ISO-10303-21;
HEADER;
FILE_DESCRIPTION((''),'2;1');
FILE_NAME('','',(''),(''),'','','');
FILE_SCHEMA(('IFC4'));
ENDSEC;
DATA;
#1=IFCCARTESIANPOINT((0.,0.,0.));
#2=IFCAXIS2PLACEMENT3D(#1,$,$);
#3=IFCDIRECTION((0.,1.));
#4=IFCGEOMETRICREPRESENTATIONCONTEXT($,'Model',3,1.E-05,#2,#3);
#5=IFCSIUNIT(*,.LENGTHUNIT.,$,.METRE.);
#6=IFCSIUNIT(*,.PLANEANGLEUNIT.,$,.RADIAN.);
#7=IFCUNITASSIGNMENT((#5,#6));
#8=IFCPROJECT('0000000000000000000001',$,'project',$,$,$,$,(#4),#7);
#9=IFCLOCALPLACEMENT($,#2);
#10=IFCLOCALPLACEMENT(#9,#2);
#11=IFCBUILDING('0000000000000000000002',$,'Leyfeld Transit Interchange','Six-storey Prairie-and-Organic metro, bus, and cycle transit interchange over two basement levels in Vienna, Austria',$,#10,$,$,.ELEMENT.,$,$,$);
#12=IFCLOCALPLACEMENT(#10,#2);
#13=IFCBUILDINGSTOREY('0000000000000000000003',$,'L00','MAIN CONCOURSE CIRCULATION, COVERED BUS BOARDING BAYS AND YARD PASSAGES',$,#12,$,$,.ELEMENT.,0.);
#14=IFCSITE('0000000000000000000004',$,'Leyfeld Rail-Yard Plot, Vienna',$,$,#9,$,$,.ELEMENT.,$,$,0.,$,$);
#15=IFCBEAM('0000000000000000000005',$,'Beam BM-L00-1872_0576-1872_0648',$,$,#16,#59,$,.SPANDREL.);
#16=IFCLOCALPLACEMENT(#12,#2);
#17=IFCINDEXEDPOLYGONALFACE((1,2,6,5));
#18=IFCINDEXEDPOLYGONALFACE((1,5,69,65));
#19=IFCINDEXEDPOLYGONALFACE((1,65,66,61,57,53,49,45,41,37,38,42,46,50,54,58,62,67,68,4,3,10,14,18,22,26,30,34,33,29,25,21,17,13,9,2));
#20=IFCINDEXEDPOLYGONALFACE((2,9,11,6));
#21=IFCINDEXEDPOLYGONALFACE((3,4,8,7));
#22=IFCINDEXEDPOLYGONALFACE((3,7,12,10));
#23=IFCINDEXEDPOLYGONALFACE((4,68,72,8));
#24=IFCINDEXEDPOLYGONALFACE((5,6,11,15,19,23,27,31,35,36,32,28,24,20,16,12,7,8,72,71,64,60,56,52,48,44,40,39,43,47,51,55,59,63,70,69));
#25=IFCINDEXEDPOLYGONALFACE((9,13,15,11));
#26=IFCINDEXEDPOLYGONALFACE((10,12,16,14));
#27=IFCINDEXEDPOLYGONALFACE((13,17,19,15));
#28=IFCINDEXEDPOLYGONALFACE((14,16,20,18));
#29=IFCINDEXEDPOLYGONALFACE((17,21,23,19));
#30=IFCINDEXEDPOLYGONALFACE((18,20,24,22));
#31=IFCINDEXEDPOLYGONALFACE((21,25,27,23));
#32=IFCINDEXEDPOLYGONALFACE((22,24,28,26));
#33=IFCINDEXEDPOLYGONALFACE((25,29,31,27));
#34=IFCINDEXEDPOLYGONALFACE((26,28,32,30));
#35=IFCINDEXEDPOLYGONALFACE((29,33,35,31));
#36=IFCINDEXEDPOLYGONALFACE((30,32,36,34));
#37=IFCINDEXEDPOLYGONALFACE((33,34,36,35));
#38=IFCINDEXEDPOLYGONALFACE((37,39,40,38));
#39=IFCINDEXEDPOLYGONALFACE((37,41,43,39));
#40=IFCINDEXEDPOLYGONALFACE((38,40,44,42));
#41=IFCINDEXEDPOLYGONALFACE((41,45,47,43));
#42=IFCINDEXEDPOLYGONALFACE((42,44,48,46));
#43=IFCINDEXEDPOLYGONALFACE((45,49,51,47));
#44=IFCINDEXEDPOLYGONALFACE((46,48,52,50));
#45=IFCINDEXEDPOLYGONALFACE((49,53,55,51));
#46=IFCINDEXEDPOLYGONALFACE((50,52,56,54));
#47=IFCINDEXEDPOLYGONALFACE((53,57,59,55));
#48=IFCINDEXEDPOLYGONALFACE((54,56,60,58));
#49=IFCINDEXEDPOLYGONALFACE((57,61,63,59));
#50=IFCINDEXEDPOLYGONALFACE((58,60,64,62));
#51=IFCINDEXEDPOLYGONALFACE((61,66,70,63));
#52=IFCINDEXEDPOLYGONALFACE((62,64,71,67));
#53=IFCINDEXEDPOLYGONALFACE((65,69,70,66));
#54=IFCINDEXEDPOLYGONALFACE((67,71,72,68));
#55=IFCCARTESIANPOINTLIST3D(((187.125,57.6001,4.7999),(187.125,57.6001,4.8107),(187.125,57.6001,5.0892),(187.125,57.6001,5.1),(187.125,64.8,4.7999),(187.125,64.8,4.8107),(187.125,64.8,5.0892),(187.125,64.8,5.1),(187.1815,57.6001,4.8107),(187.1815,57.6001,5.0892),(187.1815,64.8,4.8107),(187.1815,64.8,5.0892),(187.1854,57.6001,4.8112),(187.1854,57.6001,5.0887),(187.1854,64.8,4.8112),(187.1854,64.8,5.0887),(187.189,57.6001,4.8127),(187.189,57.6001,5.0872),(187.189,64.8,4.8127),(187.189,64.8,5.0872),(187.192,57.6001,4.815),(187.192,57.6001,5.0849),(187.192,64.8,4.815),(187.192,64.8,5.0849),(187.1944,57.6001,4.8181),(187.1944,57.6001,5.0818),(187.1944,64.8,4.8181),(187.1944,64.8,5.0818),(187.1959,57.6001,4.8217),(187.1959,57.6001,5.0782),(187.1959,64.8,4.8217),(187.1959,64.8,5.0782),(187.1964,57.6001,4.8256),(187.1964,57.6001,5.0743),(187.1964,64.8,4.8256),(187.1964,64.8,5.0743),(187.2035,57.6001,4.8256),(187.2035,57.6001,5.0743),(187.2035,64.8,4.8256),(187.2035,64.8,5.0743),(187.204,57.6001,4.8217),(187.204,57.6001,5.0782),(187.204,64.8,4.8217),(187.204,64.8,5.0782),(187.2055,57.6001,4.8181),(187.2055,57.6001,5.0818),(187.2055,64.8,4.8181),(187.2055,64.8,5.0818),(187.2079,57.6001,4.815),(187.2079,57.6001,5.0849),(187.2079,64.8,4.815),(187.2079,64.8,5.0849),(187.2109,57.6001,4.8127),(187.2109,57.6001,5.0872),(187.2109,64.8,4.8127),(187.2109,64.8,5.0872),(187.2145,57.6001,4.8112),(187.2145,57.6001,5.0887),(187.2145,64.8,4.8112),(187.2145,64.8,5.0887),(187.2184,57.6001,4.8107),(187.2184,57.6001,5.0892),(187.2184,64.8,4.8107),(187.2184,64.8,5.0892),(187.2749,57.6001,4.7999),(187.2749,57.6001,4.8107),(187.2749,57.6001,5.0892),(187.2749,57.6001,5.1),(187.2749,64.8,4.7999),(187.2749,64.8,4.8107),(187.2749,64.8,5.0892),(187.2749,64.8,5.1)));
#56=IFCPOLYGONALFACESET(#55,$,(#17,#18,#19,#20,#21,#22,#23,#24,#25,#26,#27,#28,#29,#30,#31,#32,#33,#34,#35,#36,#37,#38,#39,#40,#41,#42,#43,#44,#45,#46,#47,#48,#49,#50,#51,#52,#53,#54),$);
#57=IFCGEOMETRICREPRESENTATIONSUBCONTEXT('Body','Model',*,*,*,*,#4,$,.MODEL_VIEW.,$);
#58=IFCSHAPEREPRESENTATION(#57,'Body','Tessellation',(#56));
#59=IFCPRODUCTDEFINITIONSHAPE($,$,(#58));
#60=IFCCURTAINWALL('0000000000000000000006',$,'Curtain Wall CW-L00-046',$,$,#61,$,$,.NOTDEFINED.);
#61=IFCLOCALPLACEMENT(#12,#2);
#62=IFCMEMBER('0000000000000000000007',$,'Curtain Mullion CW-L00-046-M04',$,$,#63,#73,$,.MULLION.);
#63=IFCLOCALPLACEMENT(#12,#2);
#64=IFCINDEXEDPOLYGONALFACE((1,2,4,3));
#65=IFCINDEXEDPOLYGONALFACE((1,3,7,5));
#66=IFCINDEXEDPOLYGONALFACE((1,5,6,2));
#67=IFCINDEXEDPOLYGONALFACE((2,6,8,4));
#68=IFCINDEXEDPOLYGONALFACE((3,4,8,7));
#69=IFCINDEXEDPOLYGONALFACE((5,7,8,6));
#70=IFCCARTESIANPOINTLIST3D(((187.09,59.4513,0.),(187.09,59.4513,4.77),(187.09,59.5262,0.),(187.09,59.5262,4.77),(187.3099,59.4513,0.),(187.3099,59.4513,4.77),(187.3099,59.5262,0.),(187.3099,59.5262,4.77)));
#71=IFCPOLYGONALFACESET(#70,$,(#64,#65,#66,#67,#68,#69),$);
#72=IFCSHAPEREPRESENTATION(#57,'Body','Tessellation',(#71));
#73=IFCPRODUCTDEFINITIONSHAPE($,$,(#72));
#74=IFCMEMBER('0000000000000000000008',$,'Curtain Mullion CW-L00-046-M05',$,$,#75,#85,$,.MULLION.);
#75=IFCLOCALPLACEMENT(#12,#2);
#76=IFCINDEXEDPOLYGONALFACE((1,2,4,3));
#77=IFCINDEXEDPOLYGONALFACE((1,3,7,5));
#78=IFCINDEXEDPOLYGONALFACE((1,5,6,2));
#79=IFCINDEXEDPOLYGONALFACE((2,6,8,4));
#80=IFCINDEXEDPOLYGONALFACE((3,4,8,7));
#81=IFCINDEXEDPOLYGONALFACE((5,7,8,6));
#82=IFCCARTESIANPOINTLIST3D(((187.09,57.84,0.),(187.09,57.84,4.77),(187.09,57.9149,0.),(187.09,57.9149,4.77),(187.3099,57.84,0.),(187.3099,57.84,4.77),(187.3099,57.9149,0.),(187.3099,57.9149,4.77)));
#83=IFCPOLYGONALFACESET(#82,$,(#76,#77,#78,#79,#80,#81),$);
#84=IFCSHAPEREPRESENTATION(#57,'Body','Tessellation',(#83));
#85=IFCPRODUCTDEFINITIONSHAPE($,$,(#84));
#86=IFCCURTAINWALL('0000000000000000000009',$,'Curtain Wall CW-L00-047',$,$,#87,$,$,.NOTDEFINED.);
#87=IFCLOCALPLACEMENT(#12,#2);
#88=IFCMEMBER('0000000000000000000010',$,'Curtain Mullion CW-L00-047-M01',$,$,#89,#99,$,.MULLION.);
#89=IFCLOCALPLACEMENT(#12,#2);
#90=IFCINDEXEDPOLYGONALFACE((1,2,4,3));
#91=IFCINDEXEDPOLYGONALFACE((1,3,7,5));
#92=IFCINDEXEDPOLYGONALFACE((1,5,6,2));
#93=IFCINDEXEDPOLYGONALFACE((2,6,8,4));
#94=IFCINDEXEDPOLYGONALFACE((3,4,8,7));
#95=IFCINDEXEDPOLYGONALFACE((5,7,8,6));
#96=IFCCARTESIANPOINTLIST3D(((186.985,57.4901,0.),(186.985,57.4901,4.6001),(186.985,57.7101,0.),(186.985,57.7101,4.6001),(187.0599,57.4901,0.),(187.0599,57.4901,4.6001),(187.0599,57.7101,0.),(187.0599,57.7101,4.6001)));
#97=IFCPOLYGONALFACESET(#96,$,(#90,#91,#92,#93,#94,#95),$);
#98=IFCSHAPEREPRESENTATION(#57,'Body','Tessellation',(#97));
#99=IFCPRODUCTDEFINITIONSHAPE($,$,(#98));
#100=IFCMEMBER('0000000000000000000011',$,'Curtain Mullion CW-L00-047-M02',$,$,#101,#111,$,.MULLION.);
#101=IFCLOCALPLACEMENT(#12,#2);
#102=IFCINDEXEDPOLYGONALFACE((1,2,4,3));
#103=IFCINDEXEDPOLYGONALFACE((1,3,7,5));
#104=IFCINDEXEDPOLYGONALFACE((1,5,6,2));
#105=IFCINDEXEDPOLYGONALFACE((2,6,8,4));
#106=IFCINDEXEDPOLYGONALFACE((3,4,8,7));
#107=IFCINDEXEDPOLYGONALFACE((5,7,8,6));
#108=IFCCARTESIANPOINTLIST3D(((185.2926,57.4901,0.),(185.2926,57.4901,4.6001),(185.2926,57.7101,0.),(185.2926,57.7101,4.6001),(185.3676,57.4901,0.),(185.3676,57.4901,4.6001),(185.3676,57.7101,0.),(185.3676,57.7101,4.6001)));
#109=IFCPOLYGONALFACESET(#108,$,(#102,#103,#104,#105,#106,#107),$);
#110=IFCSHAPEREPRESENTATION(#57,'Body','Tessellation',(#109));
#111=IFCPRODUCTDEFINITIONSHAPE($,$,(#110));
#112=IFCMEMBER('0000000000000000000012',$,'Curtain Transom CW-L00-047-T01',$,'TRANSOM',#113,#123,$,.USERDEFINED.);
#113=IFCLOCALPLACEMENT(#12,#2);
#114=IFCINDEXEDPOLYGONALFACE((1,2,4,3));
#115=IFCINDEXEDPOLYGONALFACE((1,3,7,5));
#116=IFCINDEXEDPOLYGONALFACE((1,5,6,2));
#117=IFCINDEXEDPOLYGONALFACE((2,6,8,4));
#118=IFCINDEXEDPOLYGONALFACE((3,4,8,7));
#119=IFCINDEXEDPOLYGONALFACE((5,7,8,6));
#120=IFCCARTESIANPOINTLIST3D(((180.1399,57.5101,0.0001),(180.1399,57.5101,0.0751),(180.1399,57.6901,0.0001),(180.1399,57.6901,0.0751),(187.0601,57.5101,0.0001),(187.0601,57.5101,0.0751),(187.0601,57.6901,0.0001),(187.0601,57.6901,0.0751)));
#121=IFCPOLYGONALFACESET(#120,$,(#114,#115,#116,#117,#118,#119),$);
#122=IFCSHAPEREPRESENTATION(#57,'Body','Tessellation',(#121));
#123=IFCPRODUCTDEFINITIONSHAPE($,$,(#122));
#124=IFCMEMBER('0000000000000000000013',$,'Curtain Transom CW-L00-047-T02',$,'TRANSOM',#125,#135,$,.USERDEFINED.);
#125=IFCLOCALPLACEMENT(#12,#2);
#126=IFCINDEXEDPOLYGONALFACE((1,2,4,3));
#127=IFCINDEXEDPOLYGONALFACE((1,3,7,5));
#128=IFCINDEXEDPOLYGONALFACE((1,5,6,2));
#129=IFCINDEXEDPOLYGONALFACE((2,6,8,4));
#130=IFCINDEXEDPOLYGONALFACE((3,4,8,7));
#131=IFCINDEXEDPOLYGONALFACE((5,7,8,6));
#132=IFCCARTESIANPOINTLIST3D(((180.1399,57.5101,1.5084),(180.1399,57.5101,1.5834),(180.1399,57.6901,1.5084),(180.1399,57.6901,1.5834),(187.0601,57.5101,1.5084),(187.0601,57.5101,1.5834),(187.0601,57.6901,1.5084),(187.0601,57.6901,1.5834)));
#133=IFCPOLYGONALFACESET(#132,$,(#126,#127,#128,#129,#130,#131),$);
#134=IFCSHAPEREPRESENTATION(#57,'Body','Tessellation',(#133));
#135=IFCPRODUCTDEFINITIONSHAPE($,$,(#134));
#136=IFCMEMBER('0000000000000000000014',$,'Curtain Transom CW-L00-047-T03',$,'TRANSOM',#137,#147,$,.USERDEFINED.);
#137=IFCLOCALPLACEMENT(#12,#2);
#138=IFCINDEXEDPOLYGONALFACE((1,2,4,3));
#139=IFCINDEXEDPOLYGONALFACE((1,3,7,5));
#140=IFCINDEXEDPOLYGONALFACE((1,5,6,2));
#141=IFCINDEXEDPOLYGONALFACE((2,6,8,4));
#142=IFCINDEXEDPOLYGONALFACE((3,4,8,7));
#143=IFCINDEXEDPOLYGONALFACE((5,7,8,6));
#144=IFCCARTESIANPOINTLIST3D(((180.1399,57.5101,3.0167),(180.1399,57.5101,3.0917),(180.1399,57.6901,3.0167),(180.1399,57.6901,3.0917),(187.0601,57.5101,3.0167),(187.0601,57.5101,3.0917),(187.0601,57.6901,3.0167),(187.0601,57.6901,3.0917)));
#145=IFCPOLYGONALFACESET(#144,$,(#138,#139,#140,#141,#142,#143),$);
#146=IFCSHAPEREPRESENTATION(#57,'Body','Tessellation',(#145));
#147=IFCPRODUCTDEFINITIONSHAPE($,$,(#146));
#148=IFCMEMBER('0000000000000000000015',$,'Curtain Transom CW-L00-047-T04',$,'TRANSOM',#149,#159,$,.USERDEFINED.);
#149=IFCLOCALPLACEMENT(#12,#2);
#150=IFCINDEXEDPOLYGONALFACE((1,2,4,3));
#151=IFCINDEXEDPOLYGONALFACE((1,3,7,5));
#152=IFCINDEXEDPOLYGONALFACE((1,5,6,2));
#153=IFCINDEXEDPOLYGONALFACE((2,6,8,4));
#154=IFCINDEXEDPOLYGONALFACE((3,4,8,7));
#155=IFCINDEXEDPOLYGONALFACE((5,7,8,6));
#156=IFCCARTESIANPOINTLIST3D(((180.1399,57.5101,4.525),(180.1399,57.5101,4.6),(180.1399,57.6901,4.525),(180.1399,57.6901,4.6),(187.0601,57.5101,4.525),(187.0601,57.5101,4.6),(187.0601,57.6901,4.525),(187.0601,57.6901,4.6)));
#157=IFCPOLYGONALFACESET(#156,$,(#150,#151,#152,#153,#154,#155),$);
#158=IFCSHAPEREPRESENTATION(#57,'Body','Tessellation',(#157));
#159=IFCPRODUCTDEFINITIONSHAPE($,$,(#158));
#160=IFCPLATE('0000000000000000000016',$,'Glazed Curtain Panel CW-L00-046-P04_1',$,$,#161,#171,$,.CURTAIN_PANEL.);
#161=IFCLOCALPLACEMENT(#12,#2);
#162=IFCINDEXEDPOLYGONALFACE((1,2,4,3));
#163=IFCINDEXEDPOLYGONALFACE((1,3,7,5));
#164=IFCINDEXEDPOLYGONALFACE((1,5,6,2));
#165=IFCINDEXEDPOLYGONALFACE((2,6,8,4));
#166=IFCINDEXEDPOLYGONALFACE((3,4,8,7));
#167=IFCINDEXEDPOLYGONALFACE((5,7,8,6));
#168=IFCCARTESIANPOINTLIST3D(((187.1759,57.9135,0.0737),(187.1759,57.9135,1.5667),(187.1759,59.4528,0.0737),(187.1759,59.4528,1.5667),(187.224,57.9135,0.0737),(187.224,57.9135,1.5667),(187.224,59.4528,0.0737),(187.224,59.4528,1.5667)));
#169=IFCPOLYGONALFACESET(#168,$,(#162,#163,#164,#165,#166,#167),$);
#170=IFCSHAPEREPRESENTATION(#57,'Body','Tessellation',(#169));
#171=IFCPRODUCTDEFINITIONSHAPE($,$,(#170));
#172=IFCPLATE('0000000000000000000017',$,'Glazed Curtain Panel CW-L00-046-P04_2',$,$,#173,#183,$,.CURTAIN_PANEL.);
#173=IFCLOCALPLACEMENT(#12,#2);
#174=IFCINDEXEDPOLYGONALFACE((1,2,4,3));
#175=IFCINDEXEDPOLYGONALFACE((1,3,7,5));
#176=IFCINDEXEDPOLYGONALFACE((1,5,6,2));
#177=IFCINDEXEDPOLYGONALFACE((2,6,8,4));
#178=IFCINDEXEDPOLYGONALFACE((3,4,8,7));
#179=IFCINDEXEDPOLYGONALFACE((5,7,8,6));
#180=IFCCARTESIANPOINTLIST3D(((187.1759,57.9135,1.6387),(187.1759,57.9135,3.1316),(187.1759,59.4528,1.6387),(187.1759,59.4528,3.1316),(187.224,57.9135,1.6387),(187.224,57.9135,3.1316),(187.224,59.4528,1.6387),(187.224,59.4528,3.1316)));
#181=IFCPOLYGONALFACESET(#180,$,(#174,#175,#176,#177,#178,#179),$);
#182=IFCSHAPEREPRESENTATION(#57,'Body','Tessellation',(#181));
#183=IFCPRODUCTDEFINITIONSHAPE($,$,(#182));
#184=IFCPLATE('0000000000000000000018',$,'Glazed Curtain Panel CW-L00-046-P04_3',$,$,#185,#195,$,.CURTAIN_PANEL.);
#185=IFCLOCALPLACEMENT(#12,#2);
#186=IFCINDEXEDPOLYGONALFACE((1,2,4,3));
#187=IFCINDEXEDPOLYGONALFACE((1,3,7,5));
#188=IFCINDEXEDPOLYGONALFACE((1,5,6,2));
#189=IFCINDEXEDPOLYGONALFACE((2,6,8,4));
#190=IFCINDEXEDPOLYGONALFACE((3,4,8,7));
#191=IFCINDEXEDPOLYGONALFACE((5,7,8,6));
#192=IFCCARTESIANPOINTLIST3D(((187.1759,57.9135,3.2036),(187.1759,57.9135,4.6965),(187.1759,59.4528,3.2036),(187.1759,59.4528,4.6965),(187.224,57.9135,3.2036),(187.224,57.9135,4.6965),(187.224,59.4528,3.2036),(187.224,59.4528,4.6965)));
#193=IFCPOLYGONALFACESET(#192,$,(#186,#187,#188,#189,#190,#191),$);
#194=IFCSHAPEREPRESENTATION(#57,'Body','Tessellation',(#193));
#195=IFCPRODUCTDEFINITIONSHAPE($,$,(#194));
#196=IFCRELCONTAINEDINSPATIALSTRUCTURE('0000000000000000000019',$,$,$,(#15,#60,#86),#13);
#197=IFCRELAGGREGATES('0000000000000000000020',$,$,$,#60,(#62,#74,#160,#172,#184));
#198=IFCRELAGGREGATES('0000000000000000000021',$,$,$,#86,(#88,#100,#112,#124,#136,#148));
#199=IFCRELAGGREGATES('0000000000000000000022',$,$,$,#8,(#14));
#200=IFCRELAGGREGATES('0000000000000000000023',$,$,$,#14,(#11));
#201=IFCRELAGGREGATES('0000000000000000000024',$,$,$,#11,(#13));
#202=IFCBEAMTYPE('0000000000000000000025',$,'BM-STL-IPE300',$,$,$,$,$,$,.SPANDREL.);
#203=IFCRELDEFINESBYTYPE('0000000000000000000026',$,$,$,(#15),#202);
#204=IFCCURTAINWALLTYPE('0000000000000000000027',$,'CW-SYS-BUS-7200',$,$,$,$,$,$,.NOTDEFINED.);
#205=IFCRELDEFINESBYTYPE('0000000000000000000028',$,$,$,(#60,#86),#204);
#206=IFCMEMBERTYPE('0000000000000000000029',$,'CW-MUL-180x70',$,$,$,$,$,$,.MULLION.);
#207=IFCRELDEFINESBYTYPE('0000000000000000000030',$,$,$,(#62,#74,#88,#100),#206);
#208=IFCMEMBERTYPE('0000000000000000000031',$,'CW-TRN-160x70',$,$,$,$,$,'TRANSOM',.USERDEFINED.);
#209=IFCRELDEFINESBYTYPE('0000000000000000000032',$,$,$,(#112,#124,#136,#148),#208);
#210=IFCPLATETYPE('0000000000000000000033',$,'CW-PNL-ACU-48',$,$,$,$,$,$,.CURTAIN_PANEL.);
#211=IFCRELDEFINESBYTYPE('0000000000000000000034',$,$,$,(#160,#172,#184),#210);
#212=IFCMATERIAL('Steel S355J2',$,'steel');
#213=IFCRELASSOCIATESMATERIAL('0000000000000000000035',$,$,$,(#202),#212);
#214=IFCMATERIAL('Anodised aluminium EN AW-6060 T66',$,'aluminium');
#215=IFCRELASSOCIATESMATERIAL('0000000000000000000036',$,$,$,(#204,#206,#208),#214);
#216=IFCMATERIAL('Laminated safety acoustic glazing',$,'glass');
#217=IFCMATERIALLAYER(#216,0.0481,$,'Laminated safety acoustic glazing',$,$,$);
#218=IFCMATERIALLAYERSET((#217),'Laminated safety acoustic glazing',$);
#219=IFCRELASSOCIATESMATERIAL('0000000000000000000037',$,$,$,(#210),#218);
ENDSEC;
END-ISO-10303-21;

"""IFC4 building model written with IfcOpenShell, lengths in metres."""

from ifc_helpers import new_model, si_unit, direction, frame, origin, origin_2d, place, context, subcontext, project, spatial, rectangle, i_section, extrude, material, layer, layer_set, material_profile, profile_set, type_object, element, aggregate, save


model = new_model("IFC4")

# Units and contexts
model_context = context("Model", 3, precision=1e-05, world=origin(), true_north=direction((0.0, 1.0)))
body_context = subcontext(model_context, "Body", "Model", "MODEL_VIEW")
ifc_project = project(units=[si_unit("LENGTHUNIT", "METRE"), si_unit("PLANEANGLEUNIT", "RADIAN")], contexts=[model_context])

# Site, building, storey
site_placement = place(None, origin())
site = spatial("IfcSite", under=ifc_project, at=site_placement, Name="Leyfeld Rail-Yard Plot, Vienna", CompositionType="ELEMENT", RefElevation=0.0)
building_placement = place(site_placement, origin())
building = spatial("IfcBuilding", under=site, at=building_placement, Name="Leyfeld Transit Interchange", Description="Six-storey Prairie-and-Organic metro, bus, and cycle transit interchange over two basement levels in Vienna, Austria", CompositionType="ELEMENT")
storey_placement = place(building_placement, origin())
storey = spatial("IfcBuildingStorey", under=building, at=storey_placement, Name="L00", Description="MAIN CONCOURSE CIRCULATION, COVERED BUS BOARDING BAYS AND YARD PASSAGES", CompositionType="ELEMENT", Elevation=0.0)

# Shared definitions
ifc_material_1 = material(Name="Steel S355J2", Category="steel")

# Beam
ifc_material_profile_1 = material_profile(ifc_material_1, i_section(OverallWidth=0.1499, OverallDepth=0.3, WebThickness=0.0071, FlangeThickness=0.0107, FilletRadius=0.0149, at=origin_2d()), Name="IPE 300")
ifc_profile_set_1 = profile_set([ifc_material_profile_1], Name="Steel S355J2")
beam_type = type_object("IfcBeamType", Name="BM-STL-IPE300", PredefinedType="SPANDREL", material=ifc_profile_set_1)
beam_placement = place(storey_placement, frame((187.2, 57.6001, 4.95), z_axis=(0.0, 1.0, 0.0), x_axis=(-1.0, 0.0, 0.0)))
element("IfcBeam", 1, at=beam_placement, inside=storey, type_object=beam_type, Name="Beam BM-L00-1872_0576-1872_0648", PredefinedType="SPANDREL", context=body_context, shape_type="SweptSolid", body=[
    extrude(i_section(OverallWidth=0.1499, OverallDepth=0.3, WebThickness=0.0071, FlangeThickness=0.0107, FilletRadius=0.0149, at=origin_2d()), origin(), (0.0, 0.0, 1.0), 7.2),
])

# Curtain walls, members
ifc_material_2 = material(Name="Anodised aluminium EN AW-6060 T66", Category="aluminium")
curtain_wall_type = type_object("IfcCurtainWallType", Name="CW-SYS-BUS-7200", PredefinedType="NOTDEFINED", material=ifc_material_2)
curtain_wall_1_placement = place(storey_placement, origin())
curtain_wall_1 = element("IfcCurtainWall", 2, at=curtain_wall_1_placement, inside=storey, type_object=curtain_wall_type, Name="Curtain Wall CW-L00-046", PredefinedType="NOTDEFINED")
ifc_material_profile_2 = material_profile(ifc_material_2, rectangle(XDim=0.075, YDim=0.22, at=origin_2d()), Name="CW-M 75x220")
ifc_profile_set_2 = profile_set([ifc_material_profile_2], Name="Anodised aluminium EN AW-6060 T66")
member_type_1 = type_object("IfcMemberType", Name="CW-MUL-180x70", PredefinedType="MULLION", material=ifc_profile_set_2)
member_1_placement = place(storey_placement, frame((187.2, 59.4888, 0.0), z_axis=(0.0, 0.0, 1.0), x_axis=(0.0, -1.0, 0.0)))
member_1 = element("IfcMember", 3, at=member_1_placement, type_object=member_type_1, Name="Curtain Mullion CW-L00-046-M04", PredefinedType="MULLION", context=body_context, shape_type="SweptSolid", body=[
    extrude(rectangle(XDim=0.075, YDim=0.22, at=origin_2d()), origin(), (0.0, 0.0, 1.0), 4.77),
])
member_2_placement = place(storey_placement, frame((187.2, 57.8774, 0.0), z_axis=(0.0, 0.0, 1.0), x_axis=(0.0, -1.0, 0.0)))
member_2 = element("IfcMember", 4, at=member_2_placement, type_object=member_type_1, Name="Curtain Mullion CW-L00-046-M05", PredefinedType="MULLION", context=body_context, shape_type="SweptSolid", body=[
    extrude(rectangle(XDim=0.075, YDim=0.22, at=origin_2d()), origin(), (0.0, 0.0, 1.0), 4.77),
])
curtain_wall_2_placement = place(storey_placement, origin())
curtain_wall_2 = element("IfcCurtainWall", 5, at=curtain_wall_2_placement, inside=storey, type_object=curtain_wall_type, Name="Curtain Wall CW-L00-047", PredefinedType="NOTDEFINED")
member_3_placement = place(storey_placement, frame((187.0225, 57.6001, 0.0), z_axis=(0.0, 0.0, 1.0), x_axis=(-1.0, 0.0, 0.0)))
member_3 = element("IfcMember", 6, at=member_3_placement, type_object=member_type_1, Name="Curtain Mullion CW-L00-047-M01", PredefinedType="MULLION", context=body_context, shape_type="SweptSolid", body=[
    extrude(rectangle(XDim=0.075, YDim=0.22, at=origin_2d()), origin(), (0.0, 0.0, 1.0), 4.6001),
])
member_4_placement = place(storey_placement, frame((185.3301, 57.6001, 0.0), z_axis=(0.0, 0.0, 1.0), x_axis=(-1.0, 0.0, 0.0)))
member_4 = element("IfcMember", 7, at=member_4_placement, type_object=member_type_1, Name="Curtain Mullion CW-L00-047-M02", PredefinedType="MULLION", context=body_context, shape_type="SweptSolid", body=[
    extrude(rectangle(XDim=0.075, YDim=0.22, at=origin_2d()), origin(), (0.0, 0.0, 1.0), 4.6001),
])
ifc_material_profile_3 = material_profile(ifc_material_2, rectangle(XDim=0.1799, YDim=0.075, at=origin_2d()), Name="CW-TRN-160x70")
ifc_profile_set_3 = profile_set([ifc_material_profile_3], Name="Anodised aluminium EN AW-6060 T66")
member_type_2 = type_object("IfcMemberType", Name="CW-TRN-160x70", ElementType="TRANSOM", PredefinedType="USERDEFINED", material=ifc_profile_set_3)
member_5_placement = place(storey_placement, frame((187.0601, 57.6001, 0.0376), z_axis=(-1.0, 0.0, 0.0), x_axis=(0.0, -1.0, 0.0)))
member_5 = element("IfcMember", 8, at=member_5_placement, type_object=member_type_2, Name="Curtain Transom CW-L00-047-T01", ObjectType="TRANSOM", PredefinedType="USERDEFINED", context=body_context, shape_type="SweptSolid", body=[
    extrude(rectangle(XDim=0.1799, YDim=0.075, at=origin_2d()), origin(), (0.0, 0.0, 1.0), 6.9202),
])
member_6_placement = place(storey_placement, frame((187.0601, 57.6001, 1.5459), z_axis=(-1.0, 0.0, 0.0), x_axis=(0.0, -1.0, 0.0)))
member_6 = element("IfcMember", 9, at=member_6_placement, type_object=member_type_2, Name="Curtain Transom CW-L00-047-T02", ObjectType="TRANSOM", PredefinedType="USERDEFINED", context=body_context, shape_type="SweptSolid", body=[
    extrude(rectangle(XDim=0.1799, YDim=0.075, at=origin_2d()), origin(), (0.0, 0.0, 1.0), 6.9202),
])
member_7_placement = place(storey_placement, frame((187.0601, 57.6001, 3.0542), z_axis=(-1.0, 0.0, 0.0), x_axis=(0.0, -1.0, 0.0)))
member_7 = element("IfcMember", 10, at=member_7_placement, type_object=member_type_2, Name="Curtain Transom CW-L00-047-T03", ObjectType="TRANSOM", PredefinedType="USERDEFINED", context=body_context, shape_type="SweptSolid", body=[
    extrude(rectangle(XDim=0.1799, YDim=0.075, at=origin_2d()), origin(), (0.0, 0.0, 1.0), 6.9202),
])
member_8_placement = place(storey_placement, frame((187.0601, 57.6001, 4.5625), z_axis=(-1.0, 0.0, 0.0), x_axis=(0.0, -1.0, 0.0)))
member_8 = element("IfcMember", 11, at=member_8_placement, type_object=member_type_2, Name="Curtain Transom CW-L00-047-T04", ObjectType="TRANSOM", PredefinedType="USERDEFINED", context=body_context, shape_type="SweptSolid", body=[
    extrude(rectangle(XDim=0.1799, YDim=0.075, at=origin_2d()), origin(), (0.0, 0.0, 1.0), 6.9202),
])

# Plates
ifc_material_3 = material(Name="Laminated safety acoustic glazing", Category="glass")
ifc_layer_1 = layer(ifc_material_3, 0.0481, Name="Laminated safety acoustic glazing")
ifc_layer_set_1 = layer_set([ifc_layer_1], Name="Laminated safety acoustic glazing")
plate_type_1 = type_object("IfcPlateType", Name="CW-PNL-ACU-48", PredefinedType="CURTAIN_PANEL", material=ifc_layer_set_1)
plate_1_placement = place(storey_placement, frame((187.2, 58.6831, 0.0737), z_axis=(0.0, 0.0, 1.0), x_axis=(0.0, -1.0, 0.0)))
plate_1 = element("IfcPlate", 12, at=plate_1_placement, type_object=plate_type_1, Name="Glazed Curtain Panel CW-L00-046-P04_1", PredefinedType="CURTAIN_PANEL", context=body_context, shape_type="SweptSolid", body=[
    extrude(rectangle(XDim=1.5393, YDim=0.0481, at=origin_2d()), origin(), (0.0, 0.0, 1.0), 1.4929),
])
plate_2_placement = place(storey_placement, frame((187.2, 58.6831, 1.6387), z_axis=(0.0, 0.0, 1.0), x_axis=(0.0, -1.0, 0.0)))
plate_2 = element("IfcPlate", 13, at=plate_2_placement, type_object=plate_type_1, Name="Glazed Curtain Panel CW-L00-046-P04_2", PredefinedType="CURTAIN_PANEL", context=body_context, shape_type="SweptSolid", body=[
    extrude(rectangle(XDim=1.5393, YDim=0.0481, at=origin_2d()), origin(), (0.0, 0.0, 1.0), 1.4929),
])
plate_3_placement = place(storey_placement, frame((187.2, 58.6831, 3.2036), z_axis=(0.0, 0.0, 1.0), x_axis=(0.0, -1.0, 0.0)))
plate_3 = element("IfcPlate", 14, at=plate_3_placement, type_object=plate_type_1, Name="Glazed Curtain Panel CW-L00-046-P04_3", PredefinedType="CURTAIN_PANEL", context=body_context, shape_type="SweptSolid", body=[
    extrude(rectangle(XDim=1.5393, YDim=0.0481, at=origin_2d()), origin(), (0.0, 0.0, 1.0), 1.4929),
])
aggregate(curtain_wall_1, [member_1, member_2, plate_1, plate_2, plate_3])
aggregate(curtain_wall_2, [member_3, member_4, member_5, member_6, member_7, member_8])

save(model, "model.ifc")
